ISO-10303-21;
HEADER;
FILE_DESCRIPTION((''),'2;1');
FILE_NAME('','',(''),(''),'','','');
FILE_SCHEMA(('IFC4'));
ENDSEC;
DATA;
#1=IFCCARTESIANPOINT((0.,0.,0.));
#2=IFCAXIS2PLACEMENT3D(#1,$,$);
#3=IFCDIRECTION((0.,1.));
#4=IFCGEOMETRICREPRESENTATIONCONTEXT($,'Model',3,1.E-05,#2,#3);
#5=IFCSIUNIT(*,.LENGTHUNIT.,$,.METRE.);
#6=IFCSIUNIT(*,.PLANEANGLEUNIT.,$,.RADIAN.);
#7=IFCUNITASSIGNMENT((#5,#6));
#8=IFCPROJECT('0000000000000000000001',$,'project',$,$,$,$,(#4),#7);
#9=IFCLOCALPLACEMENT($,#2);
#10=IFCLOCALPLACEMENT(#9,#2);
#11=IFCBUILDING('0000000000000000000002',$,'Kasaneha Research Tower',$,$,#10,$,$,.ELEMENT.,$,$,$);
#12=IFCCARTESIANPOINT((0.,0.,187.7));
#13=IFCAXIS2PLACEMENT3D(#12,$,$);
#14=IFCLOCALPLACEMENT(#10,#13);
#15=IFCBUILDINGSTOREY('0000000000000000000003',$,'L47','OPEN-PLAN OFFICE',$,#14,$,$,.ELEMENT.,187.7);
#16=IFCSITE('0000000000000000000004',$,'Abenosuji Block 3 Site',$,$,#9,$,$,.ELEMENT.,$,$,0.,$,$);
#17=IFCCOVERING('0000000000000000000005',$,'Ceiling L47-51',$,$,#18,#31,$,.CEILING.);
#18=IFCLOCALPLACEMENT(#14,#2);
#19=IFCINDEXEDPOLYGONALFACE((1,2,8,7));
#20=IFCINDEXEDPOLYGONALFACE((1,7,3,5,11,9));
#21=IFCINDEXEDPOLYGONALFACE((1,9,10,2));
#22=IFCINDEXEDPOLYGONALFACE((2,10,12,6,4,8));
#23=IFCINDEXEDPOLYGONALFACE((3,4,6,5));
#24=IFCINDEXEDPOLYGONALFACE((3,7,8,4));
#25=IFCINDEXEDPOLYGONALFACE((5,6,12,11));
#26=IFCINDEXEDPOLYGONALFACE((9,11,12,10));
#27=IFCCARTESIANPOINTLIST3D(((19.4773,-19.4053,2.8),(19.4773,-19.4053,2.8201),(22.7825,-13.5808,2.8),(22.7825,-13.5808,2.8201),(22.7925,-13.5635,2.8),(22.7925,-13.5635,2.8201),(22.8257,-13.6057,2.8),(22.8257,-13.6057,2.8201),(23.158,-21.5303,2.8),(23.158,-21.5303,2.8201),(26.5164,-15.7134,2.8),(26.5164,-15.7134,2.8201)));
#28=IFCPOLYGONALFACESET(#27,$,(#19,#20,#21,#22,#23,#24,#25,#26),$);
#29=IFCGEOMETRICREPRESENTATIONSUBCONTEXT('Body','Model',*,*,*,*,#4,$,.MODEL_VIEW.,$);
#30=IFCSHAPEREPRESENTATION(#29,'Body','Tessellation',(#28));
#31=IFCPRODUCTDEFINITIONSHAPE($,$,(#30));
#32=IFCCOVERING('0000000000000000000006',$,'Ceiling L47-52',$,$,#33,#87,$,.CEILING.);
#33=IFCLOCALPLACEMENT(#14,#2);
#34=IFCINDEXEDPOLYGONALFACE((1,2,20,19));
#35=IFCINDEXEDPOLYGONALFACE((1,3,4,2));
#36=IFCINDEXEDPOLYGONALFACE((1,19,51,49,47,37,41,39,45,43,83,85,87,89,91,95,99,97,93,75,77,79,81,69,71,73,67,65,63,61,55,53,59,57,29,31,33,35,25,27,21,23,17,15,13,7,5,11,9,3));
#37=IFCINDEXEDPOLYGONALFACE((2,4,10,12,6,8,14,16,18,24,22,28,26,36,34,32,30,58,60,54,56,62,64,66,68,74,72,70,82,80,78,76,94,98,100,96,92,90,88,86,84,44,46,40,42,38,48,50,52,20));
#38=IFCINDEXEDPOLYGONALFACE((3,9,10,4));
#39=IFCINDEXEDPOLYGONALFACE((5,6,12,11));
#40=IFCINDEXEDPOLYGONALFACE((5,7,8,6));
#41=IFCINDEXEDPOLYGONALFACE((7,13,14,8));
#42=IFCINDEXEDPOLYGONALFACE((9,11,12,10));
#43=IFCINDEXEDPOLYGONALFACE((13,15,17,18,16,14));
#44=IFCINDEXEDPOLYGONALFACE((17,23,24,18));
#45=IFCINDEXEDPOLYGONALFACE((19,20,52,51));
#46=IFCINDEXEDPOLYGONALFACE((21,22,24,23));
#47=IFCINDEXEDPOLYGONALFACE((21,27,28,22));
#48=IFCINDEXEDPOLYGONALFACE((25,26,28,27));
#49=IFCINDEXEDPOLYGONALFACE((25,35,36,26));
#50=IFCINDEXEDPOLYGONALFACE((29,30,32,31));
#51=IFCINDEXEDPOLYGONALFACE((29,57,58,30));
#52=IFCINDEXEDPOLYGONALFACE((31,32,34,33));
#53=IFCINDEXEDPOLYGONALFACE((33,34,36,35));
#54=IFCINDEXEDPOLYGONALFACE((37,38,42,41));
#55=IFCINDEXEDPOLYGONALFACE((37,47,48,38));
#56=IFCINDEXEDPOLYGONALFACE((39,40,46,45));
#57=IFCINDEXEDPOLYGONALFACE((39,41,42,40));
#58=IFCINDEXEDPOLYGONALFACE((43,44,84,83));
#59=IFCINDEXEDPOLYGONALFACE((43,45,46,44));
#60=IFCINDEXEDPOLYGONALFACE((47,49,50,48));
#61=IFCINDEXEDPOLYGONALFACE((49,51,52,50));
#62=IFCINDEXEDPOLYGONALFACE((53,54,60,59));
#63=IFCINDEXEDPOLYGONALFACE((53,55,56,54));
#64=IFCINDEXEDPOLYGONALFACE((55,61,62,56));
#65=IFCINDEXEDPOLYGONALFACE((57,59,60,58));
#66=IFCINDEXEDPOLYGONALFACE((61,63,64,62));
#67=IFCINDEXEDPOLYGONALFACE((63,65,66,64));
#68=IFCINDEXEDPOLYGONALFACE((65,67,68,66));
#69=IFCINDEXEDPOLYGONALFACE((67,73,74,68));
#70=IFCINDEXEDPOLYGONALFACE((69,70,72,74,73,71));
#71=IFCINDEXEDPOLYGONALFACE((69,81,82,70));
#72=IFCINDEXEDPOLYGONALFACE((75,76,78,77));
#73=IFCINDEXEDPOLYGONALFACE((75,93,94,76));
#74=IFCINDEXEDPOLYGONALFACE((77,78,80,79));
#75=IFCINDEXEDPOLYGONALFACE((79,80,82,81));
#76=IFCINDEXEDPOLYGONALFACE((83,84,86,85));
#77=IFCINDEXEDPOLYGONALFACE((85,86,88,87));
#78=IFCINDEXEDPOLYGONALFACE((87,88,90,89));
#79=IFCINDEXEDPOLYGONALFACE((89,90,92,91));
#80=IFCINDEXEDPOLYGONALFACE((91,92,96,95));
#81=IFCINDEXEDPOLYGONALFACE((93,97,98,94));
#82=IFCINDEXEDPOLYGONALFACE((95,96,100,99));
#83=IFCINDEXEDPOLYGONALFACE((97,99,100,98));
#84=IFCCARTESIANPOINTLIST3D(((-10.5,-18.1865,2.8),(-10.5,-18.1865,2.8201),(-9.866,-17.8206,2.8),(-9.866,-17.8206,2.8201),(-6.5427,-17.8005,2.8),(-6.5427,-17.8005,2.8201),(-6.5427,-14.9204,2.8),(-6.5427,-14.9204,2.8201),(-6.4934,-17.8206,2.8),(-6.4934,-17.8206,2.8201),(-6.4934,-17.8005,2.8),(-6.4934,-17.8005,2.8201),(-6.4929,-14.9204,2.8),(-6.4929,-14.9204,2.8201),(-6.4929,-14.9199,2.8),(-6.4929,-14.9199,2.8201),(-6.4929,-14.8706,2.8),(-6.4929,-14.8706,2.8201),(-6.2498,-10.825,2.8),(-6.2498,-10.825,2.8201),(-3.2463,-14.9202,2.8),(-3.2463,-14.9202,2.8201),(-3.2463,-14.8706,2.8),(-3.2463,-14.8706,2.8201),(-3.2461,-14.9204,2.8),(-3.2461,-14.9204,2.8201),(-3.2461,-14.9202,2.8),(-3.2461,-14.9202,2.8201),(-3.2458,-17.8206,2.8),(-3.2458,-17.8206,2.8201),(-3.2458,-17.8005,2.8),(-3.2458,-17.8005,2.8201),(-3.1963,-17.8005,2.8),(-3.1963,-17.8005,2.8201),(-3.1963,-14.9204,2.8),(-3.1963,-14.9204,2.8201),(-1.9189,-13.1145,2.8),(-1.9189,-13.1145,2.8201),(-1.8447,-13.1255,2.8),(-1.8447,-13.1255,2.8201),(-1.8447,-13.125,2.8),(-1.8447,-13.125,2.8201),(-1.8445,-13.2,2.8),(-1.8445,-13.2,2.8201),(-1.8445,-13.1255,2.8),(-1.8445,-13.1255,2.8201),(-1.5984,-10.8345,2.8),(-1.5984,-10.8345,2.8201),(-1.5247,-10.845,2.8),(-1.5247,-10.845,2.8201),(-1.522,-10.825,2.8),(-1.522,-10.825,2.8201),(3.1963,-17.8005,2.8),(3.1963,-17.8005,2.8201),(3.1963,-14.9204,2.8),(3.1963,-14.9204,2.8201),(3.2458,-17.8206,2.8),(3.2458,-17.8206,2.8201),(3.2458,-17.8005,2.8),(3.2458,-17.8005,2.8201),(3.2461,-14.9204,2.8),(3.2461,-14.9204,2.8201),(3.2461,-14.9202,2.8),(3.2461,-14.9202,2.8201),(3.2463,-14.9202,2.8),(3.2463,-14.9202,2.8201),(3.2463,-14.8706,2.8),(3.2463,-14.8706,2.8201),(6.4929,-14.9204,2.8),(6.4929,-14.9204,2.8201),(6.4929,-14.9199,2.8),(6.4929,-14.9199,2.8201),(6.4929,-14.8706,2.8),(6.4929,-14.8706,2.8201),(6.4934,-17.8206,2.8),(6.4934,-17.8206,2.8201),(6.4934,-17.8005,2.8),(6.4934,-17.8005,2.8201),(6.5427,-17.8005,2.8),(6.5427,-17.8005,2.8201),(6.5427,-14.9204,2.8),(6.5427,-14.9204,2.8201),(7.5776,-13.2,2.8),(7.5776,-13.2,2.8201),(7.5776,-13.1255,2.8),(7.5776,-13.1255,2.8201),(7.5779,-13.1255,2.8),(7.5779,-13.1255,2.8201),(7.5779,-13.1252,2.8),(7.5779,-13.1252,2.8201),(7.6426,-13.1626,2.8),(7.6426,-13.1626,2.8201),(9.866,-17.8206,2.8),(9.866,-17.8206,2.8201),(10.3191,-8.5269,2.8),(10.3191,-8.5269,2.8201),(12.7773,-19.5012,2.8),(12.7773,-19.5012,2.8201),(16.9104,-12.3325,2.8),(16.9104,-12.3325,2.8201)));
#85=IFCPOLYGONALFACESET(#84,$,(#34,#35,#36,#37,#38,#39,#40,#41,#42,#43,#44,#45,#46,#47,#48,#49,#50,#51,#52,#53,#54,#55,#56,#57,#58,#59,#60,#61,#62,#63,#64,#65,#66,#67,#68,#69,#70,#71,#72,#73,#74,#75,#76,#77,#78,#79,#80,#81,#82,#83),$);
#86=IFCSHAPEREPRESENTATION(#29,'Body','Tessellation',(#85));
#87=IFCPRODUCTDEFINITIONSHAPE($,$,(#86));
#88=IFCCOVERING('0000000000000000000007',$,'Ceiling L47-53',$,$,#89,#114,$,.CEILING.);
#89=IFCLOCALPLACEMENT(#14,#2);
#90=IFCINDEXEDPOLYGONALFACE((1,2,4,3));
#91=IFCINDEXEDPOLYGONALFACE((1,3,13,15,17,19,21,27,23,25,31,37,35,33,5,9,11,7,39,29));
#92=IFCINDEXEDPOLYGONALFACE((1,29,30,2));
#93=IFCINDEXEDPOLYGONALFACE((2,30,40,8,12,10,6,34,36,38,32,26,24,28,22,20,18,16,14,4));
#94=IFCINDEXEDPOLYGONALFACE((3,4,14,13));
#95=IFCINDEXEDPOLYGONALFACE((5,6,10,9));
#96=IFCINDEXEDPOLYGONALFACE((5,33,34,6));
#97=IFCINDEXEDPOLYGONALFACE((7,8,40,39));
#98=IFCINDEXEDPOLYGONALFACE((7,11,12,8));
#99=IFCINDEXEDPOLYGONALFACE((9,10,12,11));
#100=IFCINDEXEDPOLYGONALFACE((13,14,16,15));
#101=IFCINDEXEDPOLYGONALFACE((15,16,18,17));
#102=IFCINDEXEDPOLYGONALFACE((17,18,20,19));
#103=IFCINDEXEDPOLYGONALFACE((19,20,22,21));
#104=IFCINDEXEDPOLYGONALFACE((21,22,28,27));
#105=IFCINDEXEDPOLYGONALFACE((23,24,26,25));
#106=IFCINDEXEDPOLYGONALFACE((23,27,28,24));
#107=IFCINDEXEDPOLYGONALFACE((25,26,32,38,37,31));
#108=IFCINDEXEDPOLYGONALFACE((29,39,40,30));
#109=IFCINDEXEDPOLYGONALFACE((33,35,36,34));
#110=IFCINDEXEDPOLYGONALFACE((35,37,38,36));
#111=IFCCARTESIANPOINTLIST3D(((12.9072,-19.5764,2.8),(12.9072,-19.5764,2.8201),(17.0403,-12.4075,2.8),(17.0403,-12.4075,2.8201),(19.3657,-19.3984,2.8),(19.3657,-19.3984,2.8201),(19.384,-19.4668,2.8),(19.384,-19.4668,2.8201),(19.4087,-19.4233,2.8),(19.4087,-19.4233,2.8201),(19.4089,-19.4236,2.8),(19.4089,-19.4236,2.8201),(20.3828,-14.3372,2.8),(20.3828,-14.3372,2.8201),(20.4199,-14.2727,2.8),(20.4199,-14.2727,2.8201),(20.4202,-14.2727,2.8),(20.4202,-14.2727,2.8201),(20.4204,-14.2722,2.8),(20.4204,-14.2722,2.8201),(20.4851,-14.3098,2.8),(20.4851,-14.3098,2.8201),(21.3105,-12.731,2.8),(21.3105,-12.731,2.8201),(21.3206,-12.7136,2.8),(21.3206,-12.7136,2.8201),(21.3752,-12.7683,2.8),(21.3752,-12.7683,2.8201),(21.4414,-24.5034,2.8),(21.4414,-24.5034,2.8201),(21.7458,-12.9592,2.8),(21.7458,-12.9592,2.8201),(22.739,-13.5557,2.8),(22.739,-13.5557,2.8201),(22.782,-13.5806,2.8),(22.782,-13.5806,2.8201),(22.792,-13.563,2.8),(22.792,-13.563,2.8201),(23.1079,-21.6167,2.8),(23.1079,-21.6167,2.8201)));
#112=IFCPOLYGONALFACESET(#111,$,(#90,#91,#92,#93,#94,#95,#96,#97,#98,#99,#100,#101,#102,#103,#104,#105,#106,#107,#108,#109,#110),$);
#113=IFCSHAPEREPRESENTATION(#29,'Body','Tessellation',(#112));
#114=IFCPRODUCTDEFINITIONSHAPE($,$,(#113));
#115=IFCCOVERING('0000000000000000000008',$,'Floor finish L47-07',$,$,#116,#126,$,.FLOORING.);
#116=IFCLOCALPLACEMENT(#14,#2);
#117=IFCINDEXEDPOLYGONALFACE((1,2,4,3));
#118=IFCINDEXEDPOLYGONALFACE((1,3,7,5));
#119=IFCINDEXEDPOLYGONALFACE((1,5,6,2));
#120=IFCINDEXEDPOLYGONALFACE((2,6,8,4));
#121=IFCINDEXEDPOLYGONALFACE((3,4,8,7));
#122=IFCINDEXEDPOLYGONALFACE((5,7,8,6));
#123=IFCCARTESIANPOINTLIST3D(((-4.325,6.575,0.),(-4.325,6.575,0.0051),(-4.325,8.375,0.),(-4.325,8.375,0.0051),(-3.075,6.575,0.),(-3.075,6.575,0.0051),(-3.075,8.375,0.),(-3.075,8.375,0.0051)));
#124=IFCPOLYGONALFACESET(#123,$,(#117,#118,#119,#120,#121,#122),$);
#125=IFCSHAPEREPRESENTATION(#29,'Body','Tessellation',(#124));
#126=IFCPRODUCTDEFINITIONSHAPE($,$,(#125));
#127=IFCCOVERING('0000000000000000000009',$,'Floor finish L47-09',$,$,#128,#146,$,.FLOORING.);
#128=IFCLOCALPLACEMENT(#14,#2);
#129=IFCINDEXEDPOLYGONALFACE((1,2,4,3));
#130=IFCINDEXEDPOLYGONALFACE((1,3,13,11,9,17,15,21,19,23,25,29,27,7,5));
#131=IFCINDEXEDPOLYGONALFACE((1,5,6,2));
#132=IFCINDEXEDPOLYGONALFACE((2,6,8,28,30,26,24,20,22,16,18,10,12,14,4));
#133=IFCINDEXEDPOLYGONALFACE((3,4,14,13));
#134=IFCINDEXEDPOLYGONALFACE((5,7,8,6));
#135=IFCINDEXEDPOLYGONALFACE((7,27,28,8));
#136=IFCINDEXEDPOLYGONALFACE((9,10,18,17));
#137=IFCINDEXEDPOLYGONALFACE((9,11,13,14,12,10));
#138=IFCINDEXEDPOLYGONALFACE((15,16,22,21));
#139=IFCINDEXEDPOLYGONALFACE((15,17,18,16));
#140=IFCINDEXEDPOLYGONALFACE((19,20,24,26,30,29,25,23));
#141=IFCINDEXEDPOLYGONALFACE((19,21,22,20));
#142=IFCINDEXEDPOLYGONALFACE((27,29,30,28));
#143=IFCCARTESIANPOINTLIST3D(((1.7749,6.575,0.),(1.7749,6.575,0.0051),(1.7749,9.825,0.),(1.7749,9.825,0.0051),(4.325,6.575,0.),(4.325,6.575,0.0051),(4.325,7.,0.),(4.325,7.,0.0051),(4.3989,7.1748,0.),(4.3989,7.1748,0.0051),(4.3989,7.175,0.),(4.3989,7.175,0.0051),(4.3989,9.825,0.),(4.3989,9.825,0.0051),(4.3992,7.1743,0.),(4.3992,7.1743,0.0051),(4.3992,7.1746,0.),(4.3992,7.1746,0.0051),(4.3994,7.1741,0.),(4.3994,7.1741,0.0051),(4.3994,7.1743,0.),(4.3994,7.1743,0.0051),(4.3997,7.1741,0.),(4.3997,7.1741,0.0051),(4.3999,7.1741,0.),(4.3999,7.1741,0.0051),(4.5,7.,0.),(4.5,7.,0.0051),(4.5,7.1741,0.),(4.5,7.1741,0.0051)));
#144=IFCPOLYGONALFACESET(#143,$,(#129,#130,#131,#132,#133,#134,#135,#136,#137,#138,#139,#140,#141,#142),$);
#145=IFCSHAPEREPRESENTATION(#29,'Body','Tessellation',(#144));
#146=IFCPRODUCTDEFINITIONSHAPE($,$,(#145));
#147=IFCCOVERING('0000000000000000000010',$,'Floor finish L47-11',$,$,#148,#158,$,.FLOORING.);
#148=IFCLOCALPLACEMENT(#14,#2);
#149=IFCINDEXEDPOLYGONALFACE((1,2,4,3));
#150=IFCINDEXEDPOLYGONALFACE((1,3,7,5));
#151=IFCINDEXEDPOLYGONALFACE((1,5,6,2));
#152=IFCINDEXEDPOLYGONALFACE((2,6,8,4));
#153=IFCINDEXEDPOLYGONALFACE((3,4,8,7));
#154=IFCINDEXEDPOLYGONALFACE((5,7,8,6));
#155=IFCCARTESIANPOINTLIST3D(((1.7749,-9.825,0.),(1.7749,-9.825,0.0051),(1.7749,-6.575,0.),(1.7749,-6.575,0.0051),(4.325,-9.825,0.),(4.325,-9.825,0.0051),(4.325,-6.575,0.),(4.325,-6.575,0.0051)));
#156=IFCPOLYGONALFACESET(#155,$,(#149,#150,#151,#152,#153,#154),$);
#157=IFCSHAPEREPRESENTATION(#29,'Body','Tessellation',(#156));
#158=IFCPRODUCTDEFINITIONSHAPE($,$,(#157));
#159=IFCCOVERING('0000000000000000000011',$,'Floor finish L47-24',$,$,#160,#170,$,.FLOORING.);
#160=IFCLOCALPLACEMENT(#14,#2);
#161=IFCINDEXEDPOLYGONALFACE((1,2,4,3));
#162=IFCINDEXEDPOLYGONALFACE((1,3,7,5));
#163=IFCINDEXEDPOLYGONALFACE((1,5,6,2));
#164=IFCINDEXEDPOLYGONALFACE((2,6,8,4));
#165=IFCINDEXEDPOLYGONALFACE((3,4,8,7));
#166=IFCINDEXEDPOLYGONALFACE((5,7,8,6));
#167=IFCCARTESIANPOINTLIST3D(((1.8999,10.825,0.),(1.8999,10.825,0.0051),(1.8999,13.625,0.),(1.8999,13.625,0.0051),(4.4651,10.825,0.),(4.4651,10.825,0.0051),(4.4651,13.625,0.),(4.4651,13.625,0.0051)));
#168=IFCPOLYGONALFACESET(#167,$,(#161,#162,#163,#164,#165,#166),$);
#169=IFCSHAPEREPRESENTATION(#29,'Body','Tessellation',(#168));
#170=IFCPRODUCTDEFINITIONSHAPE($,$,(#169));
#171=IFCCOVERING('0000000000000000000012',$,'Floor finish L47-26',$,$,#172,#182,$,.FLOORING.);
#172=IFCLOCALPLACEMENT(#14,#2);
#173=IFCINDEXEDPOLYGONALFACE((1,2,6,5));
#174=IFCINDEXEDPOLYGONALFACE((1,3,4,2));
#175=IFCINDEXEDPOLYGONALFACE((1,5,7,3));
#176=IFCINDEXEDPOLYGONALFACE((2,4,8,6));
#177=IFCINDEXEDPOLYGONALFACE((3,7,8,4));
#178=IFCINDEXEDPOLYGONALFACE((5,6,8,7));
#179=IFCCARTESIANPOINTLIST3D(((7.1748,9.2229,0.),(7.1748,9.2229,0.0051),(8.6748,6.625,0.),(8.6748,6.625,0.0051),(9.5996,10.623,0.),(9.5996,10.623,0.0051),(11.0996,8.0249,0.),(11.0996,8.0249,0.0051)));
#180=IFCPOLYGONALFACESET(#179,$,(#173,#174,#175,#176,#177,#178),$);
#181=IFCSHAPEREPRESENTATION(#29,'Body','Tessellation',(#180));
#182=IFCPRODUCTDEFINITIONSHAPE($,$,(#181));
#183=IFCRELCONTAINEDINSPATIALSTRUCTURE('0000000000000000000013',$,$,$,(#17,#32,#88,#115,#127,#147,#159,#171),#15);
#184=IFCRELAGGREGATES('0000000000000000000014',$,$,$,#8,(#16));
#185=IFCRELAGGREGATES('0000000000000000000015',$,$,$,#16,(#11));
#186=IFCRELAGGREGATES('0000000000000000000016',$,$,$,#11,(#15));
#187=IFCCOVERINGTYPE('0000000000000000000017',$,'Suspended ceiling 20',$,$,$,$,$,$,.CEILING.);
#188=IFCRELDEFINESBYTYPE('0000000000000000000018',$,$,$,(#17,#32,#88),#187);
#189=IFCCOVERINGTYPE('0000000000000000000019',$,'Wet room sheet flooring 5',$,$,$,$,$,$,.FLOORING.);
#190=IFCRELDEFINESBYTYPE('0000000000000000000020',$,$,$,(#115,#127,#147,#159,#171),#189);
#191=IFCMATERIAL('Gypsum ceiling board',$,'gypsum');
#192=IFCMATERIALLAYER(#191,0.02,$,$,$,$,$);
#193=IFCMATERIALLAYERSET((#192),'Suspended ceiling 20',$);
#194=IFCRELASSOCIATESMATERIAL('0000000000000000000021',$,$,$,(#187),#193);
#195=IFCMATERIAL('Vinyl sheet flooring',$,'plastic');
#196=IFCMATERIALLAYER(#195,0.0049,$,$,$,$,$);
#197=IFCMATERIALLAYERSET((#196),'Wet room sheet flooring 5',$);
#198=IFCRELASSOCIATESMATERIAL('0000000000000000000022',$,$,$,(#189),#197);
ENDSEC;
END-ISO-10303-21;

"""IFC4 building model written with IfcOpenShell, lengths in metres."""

from ifc_helpers import new_model, si_unit, direction, frame, origin, place, context, subcontext, project, spatial, polyline, outline, extrude, material, layer, layer_set, type_object, element, save


model = new_model("IFC4")

# Units and contexts
model_context = context("Model", 3, precision=1e-05, world=origin(), true_north=direction((0.0, 1.0)))
body_context = subcontext(model_context, "Body", "Model", "MODEL_VIEW")
ifc_project = project(units=[si_unit("LENGTHUNIT", "METRE"), si_unit("PLANEANGLEUNIT", "RADIAN")], contexts=[model_context])

# Site, building, storey
site_placement = place(None, origin())
site = spatial("IfcSite", under=ifc_project, at=site_placement, Name="Abenosuji Block 3 Site", CompositionType="ELEMENT", RefElevation=0.0)
building_placement = place(site_placement, origin())
building = spatial("IfcBuilding", under=site, at=building_placement, Name="Kasaneha Research Tower", CompositionType="ELEMENT")
storey_placement = place(building_placement, frame((0.0, 0.0, 187.7)))
storey = spatial("IfcBuildingStorey", under=building, at=storey_placement, Name="L47", Description="OPEN-PLAN OFFICE", CompositionType="ELEMENT", Elevation=187.7)

# Coverings
ifc_material_1 = material(Name="Gypsum ceiling board", Category="gypsum")
ifc_layer_1 = layer(ifc_material_1, 0.02)
ifc_layer_set_1 = layer_set([ifc_layer_1], Name="Suspended ceiling 20")
covering_type_1 = type_object("IfcCoveringType", Name="Suspended ceiling 20", PredefinedType="CEILING", material=ifc_layer_set_1)
covering_1_placement = place(storey_placement, frame((0.0, 0.0, 2.8)))
element("IfcCovering", 1, at=covering_1_placement, inside=storey, type_object=covering_type_1, Name="Ceiling L47-51", PredefinedType="CEILING", context=body_context, shape_type="SweptSolid", body=[
    extrude(outline(polyline([(23.158, -21.5303), (19.4773, -19.4053), (22.8257, -13.6057), (22.7825, -13.5808), (22.7925, -13.5635), (26.5164, -15.7134), (23.158, -21.5303)])), origin(), (0.0, 0.0, 1.0), 0.02),
])
covering_2_placement = place(storey_placement, frame((0.0, 0.0, 2.8)))
element("IfcCovering", 2, at=covering_2_placement, inside=storey, type_object=covering_type_1, Name="Ceiling L47-52", PredefinedType="CEILING", context=body_context, shape_type="SweptSolid", body=[
    extrude(outline(polyline([(6.4929, -14.9199), (6.4929, -14.8706), (3.2463, -14.8706), (3.2463, -14.9202), (3.2461, -14.9202), (3.2461, -14.9204), (3.1963, -14.9204), (3.1963, -17.8005), (3.2458, -17.8005), (3.2458, -17.8206), (-3.2458, -17.8206), (-3.2458, -17.8005), (-3.1963, -17.8005), (-3.1963, -14.9204), (-3.2461, -14.9204), (-3.2461, -14.9202), (-3.2463, -14.9202), (-3.2463, -14.8706), (-6.4929, -14.8706), (-6.4929, -14.9199), (-6.4929, -14.9199), (-6.4929, -14.9204), (-6.5427, -14.9204), (-6.5427, -17.8005), (-6.4934, -17.8005), (-6.4934, -17.8206), (-9.866, -17.8206), (-10.5, -18.1865), (-6.2498, -10.825), (-1.522, -10.825), (-1.5247, -10.845), (-1.5984, -10.8345), (-1.9189, -13.1145), (-1.8447, -13.125), (-1.8447, -13.1255), (-1.8445, -13.1255), (-1.8445, -13.2), (7.5776, -13.2), (7.5776, -13.1255), (7.5779, -13.1255), (7.5779, -13.1252), (7.6426, -13.1626), (10.3191, -8.5269), (16.9104, -12.3325), (12.7773, -19.5012), (9.866, -17.8206), (6.4934, -17.8206), (6.4934, -17.8005), (6.5427, -17.8005), (6.5427, -14.9204), (6.4929, -14.9204), (6.4929, -14.9199), (6.4929, -14.9199)])), origin(), (0.0, 0.0, 1.0), 0.02),
])
covering_3_placement = place(storey_placement, frame((0.0, 0.0, 2.8)))
element("IfcCovering", 3, at=covering_3_placement, inside=storey, type_object=covering_type_1, Name="Ceiling L47-53", PredefinedType="CEILING", context=body_context, shape_type="SweptSolid", body=[
    extrude(outline(polyline([(20.4204, -14.2722), (20.4851, -14.3098), (21.3752, -12.7683), (21.3105, -12.731), (21.3206, -12.7136), (21.7458, -12.9592), (22.792, -13.563), (22.782, -13.5806), (22.739, -13.5557), (19.3657, -19.3984), (19.4087, -19.4233), (19.4087, -19.4233), (19.4089, -19.4236), (19.384, -19.4668), (23.1079, -21.6167), (21.4414, -24.5034), (12.9072, -19.5764), (17.0403, -12.4075), (20.3828, -14.3372), (20.4199, -14.2727), (20.4202, -14.2727), (20.4204, -14.2722)])), origin(), (0.0, 0.0, 1.0), 0.02),
])
ifc_material_2 = material(Name="Vinyl sheet flooring", Category="plastic")
ifc_layer_2 = layer(ifc_material_2, 0.0049)
ifc_layer_set_2 = layer_set([ifc_layer_2], Name="Wet room sheet flooring 5")
covering_type_2 = type_object("IfcCoveringType", Name="Wet room sheet flooring 5", PredefinedType="FLOORING", material=ifc_layer_set_2)
covering_4_placement = place(storey_placement, origin())
element("IfcCovering", 4, at=covering_4_placement, inside=storey, type_object=covering_type_2, Name="Floor finish L47-07", PredefinedType="FLOORING", context=body_context, shape_type="SweptSolid", body=[
    extrude(outline(polyline([(-4.325, 6.575), (-4.325, 8.375), (-3.075, 8.375), (-3.075, 6.575), (-4.325, 6.575)])), origin(), (0.0, 0.0, 1.0), 0.0051),
])
covering_5_placement = place(storey_placement, origin())
element("IfcCovering", 5, at=covering_5_placement, inside=storey, type_object=covering_type_2, Name="Floor finish L47-09", PredefinedType="FLOORING", context=body_context, shape_type="SweptSolid", body=[
    extrude(outline(polyline([(4.3989, 9.825), (4.3989, 7.175), (4.3989, 7.1748), (4.3989, 7.1748), (4.3989, 7.1748), (4.3992, 7.1746), (4.3992, 7.1746), (4.3992, 7.1746), (4.3992, 7.1743), (4.3992, 7.1743), (4.3994, 7.1743), (4.3994, 7.1741), (4.3994, 7.1741), (4.3997, 7.1741), (4.3997, 7.1741), (4.3999, 7.1741), (4.3999, 7.1741), (4.3999, 7.1741), (4.5, 7.1741), (4.5, 7.0), (4.325, 7.0), (4.325, 6.575), (1.7749, 6.575), (1.7749, 9.825), (4.3989, 9.825)])), origin(), (0.0, 0.0, 1.0), 0.0051),
])
covering_6_placement = place(storey_placement, origin())
element("IfcCovering", 6, at=covering_6_placement, inside=storey, type_object=covering_type_2, Name="Floor finish L47-11", PredefinedType="FLOORING", context=body_context, shape_type="SweptSolid", body=[
    extrude(outline(polyline([(1.7749, -9.825), (1.7749, -6.575), (4.325, -6.575), (4.325, -9.825), (1.7749, -9.825)])), origin(), (0.0, 0.0, 1.0), 0.0051),
])
covering_7_placement = place(storey_placement, origin())
element("IfcCovering", 7, at=covering_7_placement, inside=storey, type_object=covering_type_2, Name="Floor finish L47-24", PredefinedType="FLOORING", context=body_context, shape_type="SweptSolid", body=[
    extrude(outline(polyline([(4.4651, 13.625), (4.4651, 10.825), (1.8999, 10.825), (1.8999, 13.625), (4.4651, 13.625)])), origin(), (0.0, 0.0, 1.0), 0.0051),
])
covering_8_placement = place(storey_placement, origin())
element("IfcCovering", 8, at=covering_8_placement, inside=storey, type_object=covering_type_2, Name="Floor finish L47-26", PredefinedType="FLOORING", context=body_context, shape_type="SweptSolid", body=[
    extrude(outline(polyline([(11.0996, 8.0249), (8.6748, 6.625), (7.1748, 9.2229), (9.5996, 10.623), (11.0996, 8.0249)])), origin(), (0.0, 0.0, 1.0), 0.0051),
])

save(model, "model.ifc")
